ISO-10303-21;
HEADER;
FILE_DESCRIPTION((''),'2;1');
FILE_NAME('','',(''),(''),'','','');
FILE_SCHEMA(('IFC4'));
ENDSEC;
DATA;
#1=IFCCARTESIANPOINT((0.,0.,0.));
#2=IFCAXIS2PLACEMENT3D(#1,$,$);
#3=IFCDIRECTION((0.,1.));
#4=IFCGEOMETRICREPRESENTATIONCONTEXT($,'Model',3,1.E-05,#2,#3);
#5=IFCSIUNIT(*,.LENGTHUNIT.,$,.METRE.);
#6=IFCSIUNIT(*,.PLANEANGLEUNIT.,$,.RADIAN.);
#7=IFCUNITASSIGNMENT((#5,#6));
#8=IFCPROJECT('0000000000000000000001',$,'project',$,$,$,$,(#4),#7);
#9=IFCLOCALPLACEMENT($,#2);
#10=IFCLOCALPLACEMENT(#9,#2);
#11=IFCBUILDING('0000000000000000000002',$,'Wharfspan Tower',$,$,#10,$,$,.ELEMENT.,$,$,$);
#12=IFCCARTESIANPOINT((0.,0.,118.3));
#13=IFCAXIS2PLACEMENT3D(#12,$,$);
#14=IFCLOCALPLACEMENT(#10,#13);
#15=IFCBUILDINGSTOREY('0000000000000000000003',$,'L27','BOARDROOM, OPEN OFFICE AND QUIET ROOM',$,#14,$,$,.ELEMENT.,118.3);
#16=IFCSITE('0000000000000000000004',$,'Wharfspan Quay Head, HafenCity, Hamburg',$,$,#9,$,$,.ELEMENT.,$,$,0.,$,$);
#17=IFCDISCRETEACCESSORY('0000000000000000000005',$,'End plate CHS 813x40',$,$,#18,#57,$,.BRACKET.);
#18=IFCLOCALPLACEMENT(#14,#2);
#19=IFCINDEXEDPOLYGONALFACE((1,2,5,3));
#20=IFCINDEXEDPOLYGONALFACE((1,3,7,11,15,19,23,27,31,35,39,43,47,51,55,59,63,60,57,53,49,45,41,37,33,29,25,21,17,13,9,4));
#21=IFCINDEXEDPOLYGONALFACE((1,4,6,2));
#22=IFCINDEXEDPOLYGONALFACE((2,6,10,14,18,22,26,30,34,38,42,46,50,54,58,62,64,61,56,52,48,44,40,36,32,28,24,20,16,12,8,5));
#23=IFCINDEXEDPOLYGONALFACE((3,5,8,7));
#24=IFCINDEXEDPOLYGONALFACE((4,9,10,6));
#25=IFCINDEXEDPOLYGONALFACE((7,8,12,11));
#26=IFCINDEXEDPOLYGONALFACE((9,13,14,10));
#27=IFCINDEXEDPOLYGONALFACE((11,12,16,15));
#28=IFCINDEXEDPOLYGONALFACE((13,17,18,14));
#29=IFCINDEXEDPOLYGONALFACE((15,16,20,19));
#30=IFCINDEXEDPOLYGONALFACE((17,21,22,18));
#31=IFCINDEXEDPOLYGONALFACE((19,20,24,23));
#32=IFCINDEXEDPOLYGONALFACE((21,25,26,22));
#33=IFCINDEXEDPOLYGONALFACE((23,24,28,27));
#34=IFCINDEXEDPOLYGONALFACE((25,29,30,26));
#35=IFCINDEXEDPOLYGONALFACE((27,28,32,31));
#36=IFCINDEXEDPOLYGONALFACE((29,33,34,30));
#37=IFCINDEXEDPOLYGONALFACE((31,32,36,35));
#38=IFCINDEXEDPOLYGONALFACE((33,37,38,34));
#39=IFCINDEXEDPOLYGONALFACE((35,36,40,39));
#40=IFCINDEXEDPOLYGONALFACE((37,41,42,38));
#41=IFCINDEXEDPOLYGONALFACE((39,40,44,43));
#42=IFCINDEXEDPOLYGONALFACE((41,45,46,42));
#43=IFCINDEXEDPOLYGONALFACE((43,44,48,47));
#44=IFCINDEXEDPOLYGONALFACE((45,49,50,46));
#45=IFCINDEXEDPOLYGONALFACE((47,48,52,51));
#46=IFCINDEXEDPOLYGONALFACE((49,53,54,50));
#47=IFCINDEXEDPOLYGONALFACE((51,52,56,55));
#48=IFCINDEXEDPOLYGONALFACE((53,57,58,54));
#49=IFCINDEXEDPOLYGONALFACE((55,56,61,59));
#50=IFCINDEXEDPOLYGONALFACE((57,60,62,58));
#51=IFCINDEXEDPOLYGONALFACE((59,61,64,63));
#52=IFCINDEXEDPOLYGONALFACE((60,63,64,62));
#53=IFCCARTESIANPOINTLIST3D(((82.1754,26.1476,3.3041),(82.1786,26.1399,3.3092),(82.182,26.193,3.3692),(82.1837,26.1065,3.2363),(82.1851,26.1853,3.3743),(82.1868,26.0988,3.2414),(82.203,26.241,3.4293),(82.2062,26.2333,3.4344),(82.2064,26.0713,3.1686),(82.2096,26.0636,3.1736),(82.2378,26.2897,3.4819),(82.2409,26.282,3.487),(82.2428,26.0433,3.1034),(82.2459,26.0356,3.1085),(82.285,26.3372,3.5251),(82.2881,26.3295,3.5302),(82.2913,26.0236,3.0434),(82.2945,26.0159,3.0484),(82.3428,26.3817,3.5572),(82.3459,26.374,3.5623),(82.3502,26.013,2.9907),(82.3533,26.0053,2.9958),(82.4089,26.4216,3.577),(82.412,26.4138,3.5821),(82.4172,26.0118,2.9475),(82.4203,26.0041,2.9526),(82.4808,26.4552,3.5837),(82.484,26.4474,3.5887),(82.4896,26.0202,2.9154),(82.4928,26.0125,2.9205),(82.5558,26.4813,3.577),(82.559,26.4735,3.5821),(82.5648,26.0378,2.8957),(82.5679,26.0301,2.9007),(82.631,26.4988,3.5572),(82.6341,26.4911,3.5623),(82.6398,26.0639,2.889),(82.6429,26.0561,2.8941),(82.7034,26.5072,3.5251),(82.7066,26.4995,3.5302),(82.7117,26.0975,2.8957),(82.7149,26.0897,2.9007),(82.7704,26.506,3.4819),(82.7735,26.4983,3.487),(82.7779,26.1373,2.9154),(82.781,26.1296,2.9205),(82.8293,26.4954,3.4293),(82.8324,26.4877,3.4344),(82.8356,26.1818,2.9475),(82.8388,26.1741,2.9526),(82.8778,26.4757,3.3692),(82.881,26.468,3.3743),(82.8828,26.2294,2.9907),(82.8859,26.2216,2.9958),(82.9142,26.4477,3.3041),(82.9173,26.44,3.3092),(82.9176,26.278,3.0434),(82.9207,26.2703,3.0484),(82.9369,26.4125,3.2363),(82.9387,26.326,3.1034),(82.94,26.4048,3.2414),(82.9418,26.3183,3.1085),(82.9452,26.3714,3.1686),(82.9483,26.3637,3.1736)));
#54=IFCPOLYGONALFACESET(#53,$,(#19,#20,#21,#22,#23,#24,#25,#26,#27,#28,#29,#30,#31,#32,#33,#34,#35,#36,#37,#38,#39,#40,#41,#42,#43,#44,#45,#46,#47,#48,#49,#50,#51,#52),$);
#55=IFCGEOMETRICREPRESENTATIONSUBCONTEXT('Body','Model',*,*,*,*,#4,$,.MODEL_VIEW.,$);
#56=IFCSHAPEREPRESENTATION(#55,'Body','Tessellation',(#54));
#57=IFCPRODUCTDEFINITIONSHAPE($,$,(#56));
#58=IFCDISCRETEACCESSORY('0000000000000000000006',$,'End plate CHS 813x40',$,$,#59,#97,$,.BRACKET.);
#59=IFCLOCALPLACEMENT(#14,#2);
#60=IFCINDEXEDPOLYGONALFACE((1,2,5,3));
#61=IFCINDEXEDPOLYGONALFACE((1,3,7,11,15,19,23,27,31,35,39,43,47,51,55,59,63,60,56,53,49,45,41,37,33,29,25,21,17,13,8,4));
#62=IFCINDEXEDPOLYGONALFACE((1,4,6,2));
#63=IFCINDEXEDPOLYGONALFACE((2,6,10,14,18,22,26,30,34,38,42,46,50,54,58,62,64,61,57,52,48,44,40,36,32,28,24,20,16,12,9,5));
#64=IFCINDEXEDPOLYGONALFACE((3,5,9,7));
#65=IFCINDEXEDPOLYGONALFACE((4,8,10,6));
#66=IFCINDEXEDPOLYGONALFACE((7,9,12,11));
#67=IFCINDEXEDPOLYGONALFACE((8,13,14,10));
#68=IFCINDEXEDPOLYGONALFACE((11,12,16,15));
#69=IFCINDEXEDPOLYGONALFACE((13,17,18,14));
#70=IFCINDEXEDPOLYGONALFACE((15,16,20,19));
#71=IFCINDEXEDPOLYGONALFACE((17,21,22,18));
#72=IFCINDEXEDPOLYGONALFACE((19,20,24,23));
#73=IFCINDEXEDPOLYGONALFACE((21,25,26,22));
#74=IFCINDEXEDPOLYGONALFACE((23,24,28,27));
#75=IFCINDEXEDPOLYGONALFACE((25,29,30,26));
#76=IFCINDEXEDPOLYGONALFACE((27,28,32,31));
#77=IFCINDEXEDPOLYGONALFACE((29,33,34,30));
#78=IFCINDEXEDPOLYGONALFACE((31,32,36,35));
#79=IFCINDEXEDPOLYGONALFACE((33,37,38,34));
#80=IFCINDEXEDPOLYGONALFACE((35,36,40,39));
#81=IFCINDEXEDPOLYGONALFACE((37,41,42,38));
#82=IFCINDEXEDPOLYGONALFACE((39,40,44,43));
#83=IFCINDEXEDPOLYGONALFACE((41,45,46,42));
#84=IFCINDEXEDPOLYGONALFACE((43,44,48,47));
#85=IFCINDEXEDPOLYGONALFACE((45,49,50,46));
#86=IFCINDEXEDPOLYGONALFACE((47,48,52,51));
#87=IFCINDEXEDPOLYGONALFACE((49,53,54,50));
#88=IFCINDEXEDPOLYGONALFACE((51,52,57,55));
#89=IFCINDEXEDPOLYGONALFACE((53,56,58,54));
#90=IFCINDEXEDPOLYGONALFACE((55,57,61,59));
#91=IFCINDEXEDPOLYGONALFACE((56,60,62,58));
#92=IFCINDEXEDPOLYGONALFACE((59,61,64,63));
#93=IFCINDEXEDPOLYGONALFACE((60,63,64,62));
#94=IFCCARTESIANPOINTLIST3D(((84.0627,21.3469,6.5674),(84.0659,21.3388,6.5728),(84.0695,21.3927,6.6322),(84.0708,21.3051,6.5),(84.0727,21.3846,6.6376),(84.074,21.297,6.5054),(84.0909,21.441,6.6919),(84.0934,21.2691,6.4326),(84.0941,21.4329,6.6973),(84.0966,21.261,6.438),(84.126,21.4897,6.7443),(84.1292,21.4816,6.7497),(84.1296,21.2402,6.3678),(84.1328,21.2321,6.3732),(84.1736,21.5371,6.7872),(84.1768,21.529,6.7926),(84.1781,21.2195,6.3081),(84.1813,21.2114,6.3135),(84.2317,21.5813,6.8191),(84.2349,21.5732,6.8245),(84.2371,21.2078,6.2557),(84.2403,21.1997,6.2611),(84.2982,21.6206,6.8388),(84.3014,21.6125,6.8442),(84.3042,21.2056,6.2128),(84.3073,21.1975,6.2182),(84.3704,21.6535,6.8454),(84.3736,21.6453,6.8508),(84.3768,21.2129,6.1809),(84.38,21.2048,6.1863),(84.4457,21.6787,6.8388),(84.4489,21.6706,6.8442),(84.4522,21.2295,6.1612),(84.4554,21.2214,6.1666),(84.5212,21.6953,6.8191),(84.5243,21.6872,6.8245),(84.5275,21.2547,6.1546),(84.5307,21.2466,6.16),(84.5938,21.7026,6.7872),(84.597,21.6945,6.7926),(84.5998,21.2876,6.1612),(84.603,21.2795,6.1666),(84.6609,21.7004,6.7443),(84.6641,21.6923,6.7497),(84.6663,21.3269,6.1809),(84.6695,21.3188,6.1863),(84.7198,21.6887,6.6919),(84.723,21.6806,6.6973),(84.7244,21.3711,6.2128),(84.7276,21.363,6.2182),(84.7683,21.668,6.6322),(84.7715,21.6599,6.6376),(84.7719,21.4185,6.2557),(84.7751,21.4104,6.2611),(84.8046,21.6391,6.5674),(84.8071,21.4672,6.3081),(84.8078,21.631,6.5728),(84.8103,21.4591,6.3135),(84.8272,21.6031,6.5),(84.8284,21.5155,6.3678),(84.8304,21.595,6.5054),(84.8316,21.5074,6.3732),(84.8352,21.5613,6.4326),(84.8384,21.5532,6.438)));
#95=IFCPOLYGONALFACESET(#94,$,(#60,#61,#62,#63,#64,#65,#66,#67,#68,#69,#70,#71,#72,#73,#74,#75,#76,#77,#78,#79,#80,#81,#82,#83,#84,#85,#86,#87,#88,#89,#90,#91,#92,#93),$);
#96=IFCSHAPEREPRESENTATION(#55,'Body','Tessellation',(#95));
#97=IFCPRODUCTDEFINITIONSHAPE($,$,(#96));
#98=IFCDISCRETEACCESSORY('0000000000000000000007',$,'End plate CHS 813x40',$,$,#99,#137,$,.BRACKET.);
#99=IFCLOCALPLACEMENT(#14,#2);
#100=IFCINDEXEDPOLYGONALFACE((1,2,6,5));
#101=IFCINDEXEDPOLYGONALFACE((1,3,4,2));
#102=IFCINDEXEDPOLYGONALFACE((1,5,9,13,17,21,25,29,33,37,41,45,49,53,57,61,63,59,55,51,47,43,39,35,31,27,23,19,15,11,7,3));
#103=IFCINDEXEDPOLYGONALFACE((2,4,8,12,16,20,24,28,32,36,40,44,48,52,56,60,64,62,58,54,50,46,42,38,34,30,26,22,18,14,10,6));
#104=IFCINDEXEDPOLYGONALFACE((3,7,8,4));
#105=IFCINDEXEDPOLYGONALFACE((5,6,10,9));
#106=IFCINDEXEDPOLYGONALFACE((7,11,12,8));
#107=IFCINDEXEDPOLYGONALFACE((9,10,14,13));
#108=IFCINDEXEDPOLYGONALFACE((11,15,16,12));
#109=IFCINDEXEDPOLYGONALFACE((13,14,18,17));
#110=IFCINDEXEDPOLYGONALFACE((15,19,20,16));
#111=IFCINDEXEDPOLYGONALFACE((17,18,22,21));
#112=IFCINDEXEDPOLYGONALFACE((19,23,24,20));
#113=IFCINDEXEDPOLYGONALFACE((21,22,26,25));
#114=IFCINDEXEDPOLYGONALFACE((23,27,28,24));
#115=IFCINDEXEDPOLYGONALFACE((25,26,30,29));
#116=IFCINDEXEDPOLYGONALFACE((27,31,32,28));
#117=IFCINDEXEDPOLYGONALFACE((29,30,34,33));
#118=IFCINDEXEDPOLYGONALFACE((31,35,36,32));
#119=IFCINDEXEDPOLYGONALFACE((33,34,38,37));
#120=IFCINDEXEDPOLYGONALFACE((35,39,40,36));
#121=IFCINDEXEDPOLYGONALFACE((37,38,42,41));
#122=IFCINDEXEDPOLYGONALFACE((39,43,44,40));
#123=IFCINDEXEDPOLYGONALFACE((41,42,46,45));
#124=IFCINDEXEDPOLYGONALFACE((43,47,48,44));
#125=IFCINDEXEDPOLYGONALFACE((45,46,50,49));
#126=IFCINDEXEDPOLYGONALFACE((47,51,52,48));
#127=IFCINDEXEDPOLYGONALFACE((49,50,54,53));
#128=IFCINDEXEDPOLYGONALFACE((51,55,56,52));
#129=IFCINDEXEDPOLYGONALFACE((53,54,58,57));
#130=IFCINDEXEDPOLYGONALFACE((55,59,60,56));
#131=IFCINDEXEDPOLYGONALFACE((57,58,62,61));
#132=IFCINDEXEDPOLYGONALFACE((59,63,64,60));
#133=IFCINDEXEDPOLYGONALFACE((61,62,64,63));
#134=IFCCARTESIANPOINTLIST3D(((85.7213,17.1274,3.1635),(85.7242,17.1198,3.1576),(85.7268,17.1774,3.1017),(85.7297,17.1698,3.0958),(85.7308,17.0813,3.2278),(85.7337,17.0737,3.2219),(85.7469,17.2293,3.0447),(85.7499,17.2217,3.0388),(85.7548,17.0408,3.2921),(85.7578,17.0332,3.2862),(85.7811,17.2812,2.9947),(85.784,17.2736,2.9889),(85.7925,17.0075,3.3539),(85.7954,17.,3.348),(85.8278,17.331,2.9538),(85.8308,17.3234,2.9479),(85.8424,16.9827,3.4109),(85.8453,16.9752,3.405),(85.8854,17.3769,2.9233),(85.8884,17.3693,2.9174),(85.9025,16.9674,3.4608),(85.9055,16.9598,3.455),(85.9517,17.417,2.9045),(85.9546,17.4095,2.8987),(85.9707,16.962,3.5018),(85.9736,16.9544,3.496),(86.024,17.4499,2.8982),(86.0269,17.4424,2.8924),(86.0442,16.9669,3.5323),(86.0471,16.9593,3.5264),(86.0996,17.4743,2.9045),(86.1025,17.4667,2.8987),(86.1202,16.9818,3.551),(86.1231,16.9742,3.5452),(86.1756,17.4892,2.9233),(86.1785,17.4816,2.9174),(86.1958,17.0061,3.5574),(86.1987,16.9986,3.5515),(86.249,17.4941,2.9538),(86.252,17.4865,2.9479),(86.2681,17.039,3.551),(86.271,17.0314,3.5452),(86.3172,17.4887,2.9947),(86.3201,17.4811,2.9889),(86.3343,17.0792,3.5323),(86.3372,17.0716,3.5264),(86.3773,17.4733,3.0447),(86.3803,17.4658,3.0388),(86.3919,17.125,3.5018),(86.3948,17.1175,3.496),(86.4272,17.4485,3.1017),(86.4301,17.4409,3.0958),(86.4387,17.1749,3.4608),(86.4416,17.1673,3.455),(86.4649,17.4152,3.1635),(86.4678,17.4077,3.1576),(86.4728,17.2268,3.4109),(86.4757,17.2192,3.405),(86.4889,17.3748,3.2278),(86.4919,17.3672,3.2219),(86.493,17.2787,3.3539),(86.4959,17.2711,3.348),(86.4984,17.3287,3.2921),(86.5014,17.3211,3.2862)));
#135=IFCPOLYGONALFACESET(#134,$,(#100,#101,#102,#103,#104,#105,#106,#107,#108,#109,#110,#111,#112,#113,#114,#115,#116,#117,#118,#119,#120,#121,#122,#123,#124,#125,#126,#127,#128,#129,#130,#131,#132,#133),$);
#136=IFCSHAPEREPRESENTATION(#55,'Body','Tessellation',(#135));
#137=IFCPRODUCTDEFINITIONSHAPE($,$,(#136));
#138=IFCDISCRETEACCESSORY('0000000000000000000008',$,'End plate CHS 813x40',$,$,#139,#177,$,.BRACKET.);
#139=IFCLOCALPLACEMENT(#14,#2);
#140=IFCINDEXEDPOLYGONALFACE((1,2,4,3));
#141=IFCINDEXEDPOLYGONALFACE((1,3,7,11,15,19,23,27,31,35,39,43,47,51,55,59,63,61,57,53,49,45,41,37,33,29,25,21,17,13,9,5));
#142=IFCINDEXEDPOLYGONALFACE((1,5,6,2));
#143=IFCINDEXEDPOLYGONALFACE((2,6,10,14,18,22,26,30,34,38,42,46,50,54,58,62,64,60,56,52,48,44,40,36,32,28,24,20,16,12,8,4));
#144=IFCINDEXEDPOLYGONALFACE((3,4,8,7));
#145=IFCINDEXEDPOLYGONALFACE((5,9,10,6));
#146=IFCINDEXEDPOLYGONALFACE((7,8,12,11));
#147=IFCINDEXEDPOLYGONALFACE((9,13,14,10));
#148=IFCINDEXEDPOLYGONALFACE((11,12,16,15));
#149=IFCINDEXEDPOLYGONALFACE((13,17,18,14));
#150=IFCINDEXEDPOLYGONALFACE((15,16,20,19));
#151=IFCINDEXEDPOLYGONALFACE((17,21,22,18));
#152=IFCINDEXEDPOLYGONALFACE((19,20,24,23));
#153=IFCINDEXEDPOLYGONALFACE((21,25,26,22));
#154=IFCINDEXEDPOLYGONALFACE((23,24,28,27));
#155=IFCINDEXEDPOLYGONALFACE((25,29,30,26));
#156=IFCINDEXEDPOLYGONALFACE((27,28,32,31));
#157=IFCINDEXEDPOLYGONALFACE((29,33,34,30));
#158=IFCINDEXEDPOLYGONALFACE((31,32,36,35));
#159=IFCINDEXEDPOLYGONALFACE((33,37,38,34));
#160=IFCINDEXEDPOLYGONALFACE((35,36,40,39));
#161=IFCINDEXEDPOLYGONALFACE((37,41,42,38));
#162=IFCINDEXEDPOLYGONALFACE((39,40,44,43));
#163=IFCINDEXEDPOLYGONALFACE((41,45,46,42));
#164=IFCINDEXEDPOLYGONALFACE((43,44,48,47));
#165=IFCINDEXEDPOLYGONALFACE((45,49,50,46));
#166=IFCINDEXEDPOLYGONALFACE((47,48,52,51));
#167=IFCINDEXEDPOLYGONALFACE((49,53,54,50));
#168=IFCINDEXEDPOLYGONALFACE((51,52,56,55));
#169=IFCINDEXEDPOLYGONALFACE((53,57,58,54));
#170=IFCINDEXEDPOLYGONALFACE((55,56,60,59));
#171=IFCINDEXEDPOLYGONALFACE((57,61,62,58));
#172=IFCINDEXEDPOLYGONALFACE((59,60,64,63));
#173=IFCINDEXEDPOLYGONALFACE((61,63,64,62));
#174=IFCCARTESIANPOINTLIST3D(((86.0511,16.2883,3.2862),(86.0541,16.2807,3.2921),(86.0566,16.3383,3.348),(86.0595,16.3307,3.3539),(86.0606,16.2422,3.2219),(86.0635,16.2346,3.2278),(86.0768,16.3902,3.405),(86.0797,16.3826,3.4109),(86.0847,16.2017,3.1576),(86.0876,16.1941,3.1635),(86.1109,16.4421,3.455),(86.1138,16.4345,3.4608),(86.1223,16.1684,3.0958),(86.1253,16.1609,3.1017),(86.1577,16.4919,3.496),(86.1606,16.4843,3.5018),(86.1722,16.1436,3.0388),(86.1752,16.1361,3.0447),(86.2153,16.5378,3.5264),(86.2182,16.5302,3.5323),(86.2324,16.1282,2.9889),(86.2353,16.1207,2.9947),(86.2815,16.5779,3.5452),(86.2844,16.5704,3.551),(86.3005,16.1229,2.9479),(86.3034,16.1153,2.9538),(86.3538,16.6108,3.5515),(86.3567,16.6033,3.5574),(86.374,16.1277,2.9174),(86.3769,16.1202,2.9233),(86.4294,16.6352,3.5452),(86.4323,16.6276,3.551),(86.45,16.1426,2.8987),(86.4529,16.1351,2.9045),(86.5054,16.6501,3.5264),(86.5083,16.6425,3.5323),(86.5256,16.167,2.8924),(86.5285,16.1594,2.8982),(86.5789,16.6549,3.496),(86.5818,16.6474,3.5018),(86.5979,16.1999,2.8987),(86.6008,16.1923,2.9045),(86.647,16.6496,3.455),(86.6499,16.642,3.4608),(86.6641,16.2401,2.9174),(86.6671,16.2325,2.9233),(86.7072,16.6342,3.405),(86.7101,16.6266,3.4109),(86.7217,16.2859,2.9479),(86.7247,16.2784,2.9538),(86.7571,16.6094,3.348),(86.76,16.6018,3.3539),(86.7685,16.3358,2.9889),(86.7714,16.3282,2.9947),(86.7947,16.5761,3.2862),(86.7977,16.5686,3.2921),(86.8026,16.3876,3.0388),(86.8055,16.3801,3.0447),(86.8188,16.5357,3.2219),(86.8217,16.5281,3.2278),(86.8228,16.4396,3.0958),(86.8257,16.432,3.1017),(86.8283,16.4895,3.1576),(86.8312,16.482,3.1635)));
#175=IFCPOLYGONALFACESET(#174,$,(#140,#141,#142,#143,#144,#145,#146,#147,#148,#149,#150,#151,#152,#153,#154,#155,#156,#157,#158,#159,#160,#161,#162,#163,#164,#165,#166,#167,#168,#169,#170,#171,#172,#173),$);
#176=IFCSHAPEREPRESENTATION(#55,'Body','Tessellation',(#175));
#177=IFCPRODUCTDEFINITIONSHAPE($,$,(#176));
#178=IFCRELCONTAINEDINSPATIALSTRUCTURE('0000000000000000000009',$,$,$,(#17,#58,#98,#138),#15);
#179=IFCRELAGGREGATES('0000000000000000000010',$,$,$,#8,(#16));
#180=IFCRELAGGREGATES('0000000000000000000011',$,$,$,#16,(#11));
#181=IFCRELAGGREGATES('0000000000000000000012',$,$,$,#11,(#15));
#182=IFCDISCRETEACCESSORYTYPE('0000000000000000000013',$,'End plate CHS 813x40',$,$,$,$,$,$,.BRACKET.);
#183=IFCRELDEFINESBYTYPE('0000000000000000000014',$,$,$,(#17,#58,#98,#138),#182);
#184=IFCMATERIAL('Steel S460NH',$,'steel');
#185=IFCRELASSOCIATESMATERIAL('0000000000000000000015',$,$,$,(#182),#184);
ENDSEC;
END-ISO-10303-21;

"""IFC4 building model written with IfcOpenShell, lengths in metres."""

from ifc_helpers import new_model, si_unit, direction, frame, origin, origin_2d, place, context, subcontext, project, spatial, circle, extrude, material, material_profile, profile_set, type_object, element, save


model = new_model("IFC4")

# Units and contexts
model_context = context("Model", 3, precision=1e-05, world=origin(), true_north=direction((0.0, 1.0)))
body_context = subcontext(model_context, "Body", "Model", "MODEL_VIEW")
ifc_project = project(units=[si_unit("LENGTHUNIT", "METRE"), si_unit("PLANEANGLEUNIT", "RADIAN")], contexts=[model_context])

# Site, building, storey
site_placement = place(None, origin())
site = spatial("IfcSite", under=ifc_project, at=site_placement, Name="Wharfspan Quay Head, HafenCity, Hamburg", CompositionType="ELEMENT", RefElevation=0.0)
building_placement = place(site_placement, origin())
building = spatial("IfcBuilding", under=site, at=building_placement, Name="Wharfspan Tower", CompositionType="ELEMENT")
storey_placement = place(building_placement, frame((0.0, 0.0, 118.3)))
storey = spatial("IfcBuildingStorey", under=building, at=storey_placement, Name="L27", Description="BOARDROOM, OPEN OFFICE AND QUIET ROOM", CompositionType="ELEMENT", Elevation=118.3)

# Shared definitions
ifc_material_1 = material(Name="Steel S460NH", Category="steel")

# Discrete accessories
ifc_material_profile_1 = material_profile(ifc_material_1, circle(Radius=0.4065, at=origin_2d()))
ifc_profile_set_1 = profile_set([ifc_material_profile_1], Name="Steel S460NH")
discrete_accessory_type = type_object("IfcDiscreteAccessoryType", Name="End plate CHS 813x40", PredefinedType="BRACKET", material=ifc_profile_set_1)
discrete_accessory_1_placement = place(storey_placement, frame((82.5603, 26.2595, 3.2363), z_axis=(0.321601, -0.791633, 0.519509), x_axis=(0.926467, 0.376378, 0.000001)))
element("IfcDiscreteAccessory", 1, at=discrete_accessory_1_placement, inside=storey, type_object=discrete_accessory_type, Name="End plate CHS 813x40", PredefinedType="BRACKET", context=body_context, shape_type="SweptSolid", body=[
    extrude(circle(Radius=0.4065, at=origin_2d()), origin(), (0.0, 0.0, 1.0), 0.0098),
])
discrete_accessory_2_placement = place(storey_placement, frame((84.449, 21.4541, 6.5), z_axis=(0.311472, -0.79066, 0.527107), x_axis=(0.93041, 0.366525, 0.0)))
element("IfcDiscreteAccessory", 2, at=discrete_accessory_2_placement, inside=storey, type_object=discrete_accessory_type, Name="End plate CHS 813x40", PredefinedType="BRACKET", context=body_context, shape_type="SweptSolid", body=[
    extrude(circle(Radius=0.4065, at=origin_2d()), origin(), (0.0, 0.0, 1.0), 0.0103),
])
for number, where, z_axis, x_axis, name in (
    (3, (86.1128, 17.2205, 3.2219), (-0.292683, 0.756098, 0.585366), (-0.932565, -0.360992, -0.000001), "End plate CHS 813x40"),
    (4, (86.4397, 16.3889, 3.2219), (0.292683, -0.756098, 0.585366), (0.932565, 0.360992, -0.000001), "End plate CHS 813x40"),
):
    element("IfcDiscreteAccessory", number, at=place(storey_placement, frame(where, z_axis=z_axis, x_axis=x_axis)), inside=storey, type_object=discrete_accessory_type, Name=name, PredefinedType="BRACKET", context=body_context, shape_type="SweptSolid", body=[
        extrude(circle(Radius=0.4065, at=origin_2d()), origin(), (0.0, 0.0, 1.0), 0.01),
    ])

save(model, "model.ifc")
